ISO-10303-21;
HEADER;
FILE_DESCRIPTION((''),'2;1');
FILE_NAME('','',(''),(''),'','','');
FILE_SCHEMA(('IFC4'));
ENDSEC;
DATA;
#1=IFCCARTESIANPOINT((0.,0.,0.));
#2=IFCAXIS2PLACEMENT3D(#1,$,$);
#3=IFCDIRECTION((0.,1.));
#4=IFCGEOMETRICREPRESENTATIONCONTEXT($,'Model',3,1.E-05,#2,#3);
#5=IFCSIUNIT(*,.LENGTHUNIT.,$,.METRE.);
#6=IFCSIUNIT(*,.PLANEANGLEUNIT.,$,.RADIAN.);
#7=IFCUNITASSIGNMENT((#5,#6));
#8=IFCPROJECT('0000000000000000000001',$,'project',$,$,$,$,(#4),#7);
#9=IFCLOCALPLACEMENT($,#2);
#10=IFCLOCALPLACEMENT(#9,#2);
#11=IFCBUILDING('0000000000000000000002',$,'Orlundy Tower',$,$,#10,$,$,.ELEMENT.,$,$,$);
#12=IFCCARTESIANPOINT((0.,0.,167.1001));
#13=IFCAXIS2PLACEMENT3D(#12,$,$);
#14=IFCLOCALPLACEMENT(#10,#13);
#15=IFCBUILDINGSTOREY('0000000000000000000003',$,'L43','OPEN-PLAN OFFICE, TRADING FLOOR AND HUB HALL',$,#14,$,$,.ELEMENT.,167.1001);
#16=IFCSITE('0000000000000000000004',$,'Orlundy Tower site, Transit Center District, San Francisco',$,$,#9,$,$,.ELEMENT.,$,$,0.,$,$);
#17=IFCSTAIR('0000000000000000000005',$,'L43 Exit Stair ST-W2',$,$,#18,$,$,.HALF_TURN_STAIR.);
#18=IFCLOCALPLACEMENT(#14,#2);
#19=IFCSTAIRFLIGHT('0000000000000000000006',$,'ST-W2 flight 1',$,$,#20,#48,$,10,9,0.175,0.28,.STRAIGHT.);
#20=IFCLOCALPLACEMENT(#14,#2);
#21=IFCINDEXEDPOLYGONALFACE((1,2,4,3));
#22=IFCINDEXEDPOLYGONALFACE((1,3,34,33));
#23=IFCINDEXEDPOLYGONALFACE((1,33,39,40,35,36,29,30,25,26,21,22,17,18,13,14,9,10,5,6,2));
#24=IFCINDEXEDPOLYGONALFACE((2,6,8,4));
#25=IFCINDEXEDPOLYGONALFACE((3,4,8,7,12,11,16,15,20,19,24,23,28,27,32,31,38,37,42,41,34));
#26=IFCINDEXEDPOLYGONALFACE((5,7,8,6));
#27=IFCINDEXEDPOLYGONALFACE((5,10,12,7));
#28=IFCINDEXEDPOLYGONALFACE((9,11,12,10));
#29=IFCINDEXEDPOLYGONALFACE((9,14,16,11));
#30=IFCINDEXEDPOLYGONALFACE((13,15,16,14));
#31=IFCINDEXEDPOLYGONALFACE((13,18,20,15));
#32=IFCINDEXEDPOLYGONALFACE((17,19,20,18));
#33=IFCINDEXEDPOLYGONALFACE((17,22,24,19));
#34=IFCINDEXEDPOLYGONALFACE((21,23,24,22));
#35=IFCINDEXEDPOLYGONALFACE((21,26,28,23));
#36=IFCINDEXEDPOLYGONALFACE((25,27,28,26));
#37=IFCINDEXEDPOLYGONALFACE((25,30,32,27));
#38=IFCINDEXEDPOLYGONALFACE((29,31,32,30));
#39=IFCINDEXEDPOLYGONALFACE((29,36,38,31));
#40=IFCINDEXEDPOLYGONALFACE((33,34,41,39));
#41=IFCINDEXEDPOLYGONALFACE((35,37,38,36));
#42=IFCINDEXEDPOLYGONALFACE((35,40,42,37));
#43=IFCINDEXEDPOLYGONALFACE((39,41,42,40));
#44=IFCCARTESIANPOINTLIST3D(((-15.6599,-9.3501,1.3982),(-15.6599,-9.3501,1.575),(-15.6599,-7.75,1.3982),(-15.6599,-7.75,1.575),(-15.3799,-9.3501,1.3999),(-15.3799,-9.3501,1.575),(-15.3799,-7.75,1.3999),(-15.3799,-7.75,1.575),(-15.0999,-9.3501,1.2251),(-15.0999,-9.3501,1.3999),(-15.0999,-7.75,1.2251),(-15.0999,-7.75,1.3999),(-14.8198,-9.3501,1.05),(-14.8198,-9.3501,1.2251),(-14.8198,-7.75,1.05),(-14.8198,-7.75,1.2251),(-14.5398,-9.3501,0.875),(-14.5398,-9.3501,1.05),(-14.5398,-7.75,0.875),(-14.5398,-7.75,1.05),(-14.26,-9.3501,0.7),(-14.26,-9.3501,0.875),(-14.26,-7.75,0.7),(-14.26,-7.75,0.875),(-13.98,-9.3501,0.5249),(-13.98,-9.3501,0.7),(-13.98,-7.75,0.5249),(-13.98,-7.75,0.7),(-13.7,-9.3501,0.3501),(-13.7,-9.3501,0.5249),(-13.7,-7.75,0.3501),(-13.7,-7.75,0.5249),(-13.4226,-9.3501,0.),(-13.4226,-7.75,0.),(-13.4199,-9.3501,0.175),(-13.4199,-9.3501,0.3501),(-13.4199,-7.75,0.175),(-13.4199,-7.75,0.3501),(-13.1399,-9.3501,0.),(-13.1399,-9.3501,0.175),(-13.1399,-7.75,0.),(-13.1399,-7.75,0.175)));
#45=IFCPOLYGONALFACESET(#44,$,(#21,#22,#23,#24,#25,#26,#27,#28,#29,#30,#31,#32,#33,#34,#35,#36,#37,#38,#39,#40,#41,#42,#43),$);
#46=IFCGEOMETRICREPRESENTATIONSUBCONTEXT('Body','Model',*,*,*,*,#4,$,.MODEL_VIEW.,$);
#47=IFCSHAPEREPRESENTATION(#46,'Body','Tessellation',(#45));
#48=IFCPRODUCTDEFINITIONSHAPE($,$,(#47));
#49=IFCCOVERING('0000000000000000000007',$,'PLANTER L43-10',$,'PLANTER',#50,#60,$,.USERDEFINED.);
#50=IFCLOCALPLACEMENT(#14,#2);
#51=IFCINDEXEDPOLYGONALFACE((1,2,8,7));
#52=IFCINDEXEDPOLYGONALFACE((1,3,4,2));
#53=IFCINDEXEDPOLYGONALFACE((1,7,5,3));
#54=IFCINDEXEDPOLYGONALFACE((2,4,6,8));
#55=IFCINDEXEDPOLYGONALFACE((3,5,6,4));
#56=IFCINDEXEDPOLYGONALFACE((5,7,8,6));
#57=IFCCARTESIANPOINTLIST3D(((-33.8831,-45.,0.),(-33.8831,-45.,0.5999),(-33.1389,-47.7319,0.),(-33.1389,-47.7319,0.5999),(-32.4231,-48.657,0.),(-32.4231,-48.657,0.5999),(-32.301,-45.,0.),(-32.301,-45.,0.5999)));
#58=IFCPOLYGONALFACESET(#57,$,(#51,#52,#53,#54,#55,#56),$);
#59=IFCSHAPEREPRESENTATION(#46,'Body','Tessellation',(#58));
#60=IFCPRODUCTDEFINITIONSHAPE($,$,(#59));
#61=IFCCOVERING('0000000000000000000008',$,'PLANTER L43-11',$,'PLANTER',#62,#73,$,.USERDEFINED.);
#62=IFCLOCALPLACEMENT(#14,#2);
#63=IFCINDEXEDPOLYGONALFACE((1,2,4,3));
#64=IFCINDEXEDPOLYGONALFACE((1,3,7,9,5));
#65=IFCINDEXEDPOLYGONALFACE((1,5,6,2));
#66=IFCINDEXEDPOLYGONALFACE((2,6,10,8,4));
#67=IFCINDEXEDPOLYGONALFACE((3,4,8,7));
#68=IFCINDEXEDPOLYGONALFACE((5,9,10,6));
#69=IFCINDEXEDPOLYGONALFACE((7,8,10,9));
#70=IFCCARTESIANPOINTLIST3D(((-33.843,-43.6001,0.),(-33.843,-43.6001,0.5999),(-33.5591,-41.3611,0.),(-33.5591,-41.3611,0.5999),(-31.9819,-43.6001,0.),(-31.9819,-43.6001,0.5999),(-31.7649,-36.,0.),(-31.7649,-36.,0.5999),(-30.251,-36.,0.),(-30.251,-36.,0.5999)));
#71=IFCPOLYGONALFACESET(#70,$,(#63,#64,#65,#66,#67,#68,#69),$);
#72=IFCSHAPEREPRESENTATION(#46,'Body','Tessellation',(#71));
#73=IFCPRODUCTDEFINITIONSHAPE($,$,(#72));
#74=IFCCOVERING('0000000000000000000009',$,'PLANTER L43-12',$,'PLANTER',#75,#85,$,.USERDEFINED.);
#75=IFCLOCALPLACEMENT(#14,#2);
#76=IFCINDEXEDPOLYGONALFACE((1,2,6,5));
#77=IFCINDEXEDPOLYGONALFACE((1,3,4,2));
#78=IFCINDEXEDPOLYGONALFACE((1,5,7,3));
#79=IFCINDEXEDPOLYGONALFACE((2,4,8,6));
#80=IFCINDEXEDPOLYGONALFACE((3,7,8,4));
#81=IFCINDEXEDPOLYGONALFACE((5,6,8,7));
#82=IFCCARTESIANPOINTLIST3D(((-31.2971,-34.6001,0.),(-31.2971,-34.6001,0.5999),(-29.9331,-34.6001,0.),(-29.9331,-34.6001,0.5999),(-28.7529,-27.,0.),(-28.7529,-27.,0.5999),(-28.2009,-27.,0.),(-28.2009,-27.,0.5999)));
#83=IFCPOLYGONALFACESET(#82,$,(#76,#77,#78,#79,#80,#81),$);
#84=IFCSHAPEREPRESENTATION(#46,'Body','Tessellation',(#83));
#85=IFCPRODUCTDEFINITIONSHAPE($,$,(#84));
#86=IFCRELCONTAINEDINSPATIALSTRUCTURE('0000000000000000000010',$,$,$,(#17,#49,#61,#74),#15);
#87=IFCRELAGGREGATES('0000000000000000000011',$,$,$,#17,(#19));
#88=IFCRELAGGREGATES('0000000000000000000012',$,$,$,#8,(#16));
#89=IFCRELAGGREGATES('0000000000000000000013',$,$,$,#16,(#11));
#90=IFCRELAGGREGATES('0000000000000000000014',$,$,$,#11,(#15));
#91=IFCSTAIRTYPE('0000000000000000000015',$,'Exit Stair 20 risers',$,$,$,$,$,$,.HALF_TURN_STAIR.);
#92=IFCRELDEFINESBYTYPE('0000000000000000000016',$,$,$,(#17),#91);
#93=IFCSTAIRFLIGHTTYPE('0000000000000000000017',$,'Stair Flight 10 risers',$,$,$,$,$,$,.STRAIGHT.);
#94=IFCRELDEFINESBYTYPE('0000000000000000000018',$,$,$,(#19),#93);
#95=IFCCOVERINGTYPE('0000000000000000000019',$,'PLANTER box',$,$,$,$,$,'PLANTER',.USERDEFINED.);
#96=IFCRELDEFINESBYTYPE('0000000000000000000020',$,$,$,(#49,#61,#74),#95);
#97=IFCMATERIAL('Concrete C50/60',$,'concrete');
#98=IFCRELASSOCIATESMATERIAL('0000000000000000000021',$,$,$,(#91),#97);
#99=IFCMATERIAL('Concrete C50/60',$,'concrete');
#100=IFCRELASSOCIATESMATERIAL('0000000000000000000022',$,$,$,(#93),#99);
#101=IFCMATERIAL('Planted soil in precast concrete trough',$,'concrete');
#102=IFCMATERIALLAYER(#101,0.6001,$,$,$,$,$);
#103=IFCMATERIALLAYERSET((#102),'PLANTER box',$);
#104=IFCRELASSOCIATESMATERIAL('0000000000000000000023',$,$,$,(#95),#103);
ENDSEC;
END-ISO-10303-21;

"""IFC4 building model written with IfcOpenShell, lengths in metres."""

from ifc_helpers import new_model, si_unit, direction, frame, origin, place, context, subcontext, project, spatial, polyline, outline, extrude, material, layer, layer_set, type_object, element, aggregate, save


model = new_model("IFC4")

# Units and contexts
model_context = context("Model", 3, precision=1e-05, world=origin(), true_north=direction((0.0, 1.0)))
body_context = subcontext(model_context, "Body", "Model", "MODEL_VIEW")
ifc_project = project(units=[si_unit("LENGTHUNIT", "METRE"), si_unit("PLANEANGLEUNIT", "RADIAN")], contexts=[model_context])

# Site, building, storey
site_placement = place(None, origin())
site = spatial("IfcSite", under=ifc_project, at=site_placement, Name="Orlundy Tower site, Transit Center District, San Francisco", CompositionType="ELEMENT", RefElevation=0.0)
building_placement = place(site_placement, origin())
building = spatial("IfcBuilding", under=site, at=building_placement, Name="Orlundy Tower", CompositionType="ELEMENT")
storey_placement = place(building_placement, frame((0.0, 0.0, 167.1001)))
storey = spatial("IfcBuildingStorey", under=building, at=storey_placement, Name="L43", Description="OPEN-PLAN OFFICE, TRADING FLOOR AND HUB HALL", CompositionType="ELEMENT", Elevation=167.1001)

# Stair
ifc_material_1 = material(Name="Concrete C50/60", Category="concrete")
stair_type = type_object("IfcStairType", Name="Exit Stair 20 risers", PredefinedType="HALF_TURN_STAIR", material=ifc_material_1)
stair_1_placement = place(storey_placement, origin())
stair_1 = element("IfcStair", 1, at=stair_1_placement, inside=storey, type_object=stair_type, Name="L43 Exit Stair ST-W2", PredefinedType="HALF_TURN_STAIR")

# Stair flight
ifc_material_2 = material(Name="Concrete C50/60", Category="concrete")
stair_flight_type = type_object("IfcStairFlightType", Name="Stair Flight 10 risers", PredefinedType="STRAIGHT", material=ifc_material_2)
stair_flight_placement = place(storey_placement, frame((-13.1399, -8.55, 0.0), z_axis=(0.0, 0.0, 1.0), x_axis=(-1.0, 0.0, 0.0)))
stair_flight = element("IfcStairFlight", 2, at=stair_flight_placement, type_object=stair_flight_type, Name="ST-W2 flight 1", NumberOfRisers=10, NumberOfTreads=9, PredefinedType="STRAIGHT", RiserHeight=0.175, TreadLength=0.28, context=body_context, shape_type="SweptSolid", body=[
    extrude(outline(polyline([(0.0, 0.0), (0.0, 0.175), (0.28, 0.175), (0.28, 0.3501), (0.5601, 0.3501), (0.5601, 0.5249), (0.8401, 0.5249), (0.8401, 0.7), (1.1201, 0.7), (1.1201, 0.875), (1.3999, 0.875), (1.3999, 1.05), (1.6799, 1.05), (1.6799, 1.2251), (1.96, 1.2251), (1.96, 1.3999), (2.24, 1.3999), (2.24, 1.575), (2.52, 1.575), (2.52, 1.75), (2.52, 1.3982), (0.2827, 0.0), (0.0, 0.0)])), frame((0.0, 0.8, 0.0), z_axis=(0.0, -1.0, 0.0), x_axis=(1.0, 0.0, 0.0)), (0.0, 0.0, 1.0), 1.6001),
])
aggregate(stair_1, [stair_flight])

# Coverings
ifc_material_3 = material(Name="Planted soil in precast concrete trough", Category="concrete")
ifc_layer_1 = layer(ifc_material_3, 0.6001)
ifc_layer_set_1 = layer_set([ifc_layer_1], Name="PLANTER box")
covering_type = type_object("IfcCoveringType", Name="PLANTER box", ElementType="PLANTER", PredefinedType="USERDEFINED", material=ifc_layer_set_1)
covering_1_placement = place(storey_placement, origin())
element("IfcCovering", 3, at=covering_1_placement, inside=storey, type_object=covering_type, Name="PLANTER L43-10", ObjectType="PLANTER", PredefinedType="USERDEFINED", context=body_context, shape_type="SweptSolid", body=[
    extrude(outline(polyline([(-32.301, -45.0), (-32.4231, -48.657), (-33.1389, -47.7319), (-33.8831, -45.0), (-32.301, -45.0)])), origin(), (0.0, 0.0, 1.0), 0.5999),
])
covering_2_placement = place(storey_placement, origin())
element("IfcCovering", 4, at=covering_2_placement, inside=storey, type_object=covering_type, Name="PLANTER L43-11", ObjectType="PLANTER", PredefinedType="USERDEFINED", context=body_context, shape_type="SweptSolid", body=[
    extrude(outline(polyline([(-33.5591, -41.3611), (-31.7649, -36.0), (-30.251, -36.0), (-31.9819, -43.6001), (-33.843, -43.6001), (-33.5591, -41.3611)])), origin(), (0.0, 0.0, 1.0), 0.5999),
])
covering_3_placement = place(storey_placement, origin())
element("IfcCovering", 5, at=covering_3_placement, inside=storey, type_object=covering_type, Name="PLANTER L43-12", ObjectType="PLANTER", PredefinedType="USERDEFINED", context=body_context, shape_type="SweptSolid", body=[
    extrude(outline(polyline([(-28.7529, -27.0), (-28.2009, -27.0), (-29.9331, -34.6001), (-31.2971, -34.6001), (-28.7529, -27.0)])), origin(), (0.0, 0.0, 1.0), 0.5999),
])

save(model, "model.ifc")
